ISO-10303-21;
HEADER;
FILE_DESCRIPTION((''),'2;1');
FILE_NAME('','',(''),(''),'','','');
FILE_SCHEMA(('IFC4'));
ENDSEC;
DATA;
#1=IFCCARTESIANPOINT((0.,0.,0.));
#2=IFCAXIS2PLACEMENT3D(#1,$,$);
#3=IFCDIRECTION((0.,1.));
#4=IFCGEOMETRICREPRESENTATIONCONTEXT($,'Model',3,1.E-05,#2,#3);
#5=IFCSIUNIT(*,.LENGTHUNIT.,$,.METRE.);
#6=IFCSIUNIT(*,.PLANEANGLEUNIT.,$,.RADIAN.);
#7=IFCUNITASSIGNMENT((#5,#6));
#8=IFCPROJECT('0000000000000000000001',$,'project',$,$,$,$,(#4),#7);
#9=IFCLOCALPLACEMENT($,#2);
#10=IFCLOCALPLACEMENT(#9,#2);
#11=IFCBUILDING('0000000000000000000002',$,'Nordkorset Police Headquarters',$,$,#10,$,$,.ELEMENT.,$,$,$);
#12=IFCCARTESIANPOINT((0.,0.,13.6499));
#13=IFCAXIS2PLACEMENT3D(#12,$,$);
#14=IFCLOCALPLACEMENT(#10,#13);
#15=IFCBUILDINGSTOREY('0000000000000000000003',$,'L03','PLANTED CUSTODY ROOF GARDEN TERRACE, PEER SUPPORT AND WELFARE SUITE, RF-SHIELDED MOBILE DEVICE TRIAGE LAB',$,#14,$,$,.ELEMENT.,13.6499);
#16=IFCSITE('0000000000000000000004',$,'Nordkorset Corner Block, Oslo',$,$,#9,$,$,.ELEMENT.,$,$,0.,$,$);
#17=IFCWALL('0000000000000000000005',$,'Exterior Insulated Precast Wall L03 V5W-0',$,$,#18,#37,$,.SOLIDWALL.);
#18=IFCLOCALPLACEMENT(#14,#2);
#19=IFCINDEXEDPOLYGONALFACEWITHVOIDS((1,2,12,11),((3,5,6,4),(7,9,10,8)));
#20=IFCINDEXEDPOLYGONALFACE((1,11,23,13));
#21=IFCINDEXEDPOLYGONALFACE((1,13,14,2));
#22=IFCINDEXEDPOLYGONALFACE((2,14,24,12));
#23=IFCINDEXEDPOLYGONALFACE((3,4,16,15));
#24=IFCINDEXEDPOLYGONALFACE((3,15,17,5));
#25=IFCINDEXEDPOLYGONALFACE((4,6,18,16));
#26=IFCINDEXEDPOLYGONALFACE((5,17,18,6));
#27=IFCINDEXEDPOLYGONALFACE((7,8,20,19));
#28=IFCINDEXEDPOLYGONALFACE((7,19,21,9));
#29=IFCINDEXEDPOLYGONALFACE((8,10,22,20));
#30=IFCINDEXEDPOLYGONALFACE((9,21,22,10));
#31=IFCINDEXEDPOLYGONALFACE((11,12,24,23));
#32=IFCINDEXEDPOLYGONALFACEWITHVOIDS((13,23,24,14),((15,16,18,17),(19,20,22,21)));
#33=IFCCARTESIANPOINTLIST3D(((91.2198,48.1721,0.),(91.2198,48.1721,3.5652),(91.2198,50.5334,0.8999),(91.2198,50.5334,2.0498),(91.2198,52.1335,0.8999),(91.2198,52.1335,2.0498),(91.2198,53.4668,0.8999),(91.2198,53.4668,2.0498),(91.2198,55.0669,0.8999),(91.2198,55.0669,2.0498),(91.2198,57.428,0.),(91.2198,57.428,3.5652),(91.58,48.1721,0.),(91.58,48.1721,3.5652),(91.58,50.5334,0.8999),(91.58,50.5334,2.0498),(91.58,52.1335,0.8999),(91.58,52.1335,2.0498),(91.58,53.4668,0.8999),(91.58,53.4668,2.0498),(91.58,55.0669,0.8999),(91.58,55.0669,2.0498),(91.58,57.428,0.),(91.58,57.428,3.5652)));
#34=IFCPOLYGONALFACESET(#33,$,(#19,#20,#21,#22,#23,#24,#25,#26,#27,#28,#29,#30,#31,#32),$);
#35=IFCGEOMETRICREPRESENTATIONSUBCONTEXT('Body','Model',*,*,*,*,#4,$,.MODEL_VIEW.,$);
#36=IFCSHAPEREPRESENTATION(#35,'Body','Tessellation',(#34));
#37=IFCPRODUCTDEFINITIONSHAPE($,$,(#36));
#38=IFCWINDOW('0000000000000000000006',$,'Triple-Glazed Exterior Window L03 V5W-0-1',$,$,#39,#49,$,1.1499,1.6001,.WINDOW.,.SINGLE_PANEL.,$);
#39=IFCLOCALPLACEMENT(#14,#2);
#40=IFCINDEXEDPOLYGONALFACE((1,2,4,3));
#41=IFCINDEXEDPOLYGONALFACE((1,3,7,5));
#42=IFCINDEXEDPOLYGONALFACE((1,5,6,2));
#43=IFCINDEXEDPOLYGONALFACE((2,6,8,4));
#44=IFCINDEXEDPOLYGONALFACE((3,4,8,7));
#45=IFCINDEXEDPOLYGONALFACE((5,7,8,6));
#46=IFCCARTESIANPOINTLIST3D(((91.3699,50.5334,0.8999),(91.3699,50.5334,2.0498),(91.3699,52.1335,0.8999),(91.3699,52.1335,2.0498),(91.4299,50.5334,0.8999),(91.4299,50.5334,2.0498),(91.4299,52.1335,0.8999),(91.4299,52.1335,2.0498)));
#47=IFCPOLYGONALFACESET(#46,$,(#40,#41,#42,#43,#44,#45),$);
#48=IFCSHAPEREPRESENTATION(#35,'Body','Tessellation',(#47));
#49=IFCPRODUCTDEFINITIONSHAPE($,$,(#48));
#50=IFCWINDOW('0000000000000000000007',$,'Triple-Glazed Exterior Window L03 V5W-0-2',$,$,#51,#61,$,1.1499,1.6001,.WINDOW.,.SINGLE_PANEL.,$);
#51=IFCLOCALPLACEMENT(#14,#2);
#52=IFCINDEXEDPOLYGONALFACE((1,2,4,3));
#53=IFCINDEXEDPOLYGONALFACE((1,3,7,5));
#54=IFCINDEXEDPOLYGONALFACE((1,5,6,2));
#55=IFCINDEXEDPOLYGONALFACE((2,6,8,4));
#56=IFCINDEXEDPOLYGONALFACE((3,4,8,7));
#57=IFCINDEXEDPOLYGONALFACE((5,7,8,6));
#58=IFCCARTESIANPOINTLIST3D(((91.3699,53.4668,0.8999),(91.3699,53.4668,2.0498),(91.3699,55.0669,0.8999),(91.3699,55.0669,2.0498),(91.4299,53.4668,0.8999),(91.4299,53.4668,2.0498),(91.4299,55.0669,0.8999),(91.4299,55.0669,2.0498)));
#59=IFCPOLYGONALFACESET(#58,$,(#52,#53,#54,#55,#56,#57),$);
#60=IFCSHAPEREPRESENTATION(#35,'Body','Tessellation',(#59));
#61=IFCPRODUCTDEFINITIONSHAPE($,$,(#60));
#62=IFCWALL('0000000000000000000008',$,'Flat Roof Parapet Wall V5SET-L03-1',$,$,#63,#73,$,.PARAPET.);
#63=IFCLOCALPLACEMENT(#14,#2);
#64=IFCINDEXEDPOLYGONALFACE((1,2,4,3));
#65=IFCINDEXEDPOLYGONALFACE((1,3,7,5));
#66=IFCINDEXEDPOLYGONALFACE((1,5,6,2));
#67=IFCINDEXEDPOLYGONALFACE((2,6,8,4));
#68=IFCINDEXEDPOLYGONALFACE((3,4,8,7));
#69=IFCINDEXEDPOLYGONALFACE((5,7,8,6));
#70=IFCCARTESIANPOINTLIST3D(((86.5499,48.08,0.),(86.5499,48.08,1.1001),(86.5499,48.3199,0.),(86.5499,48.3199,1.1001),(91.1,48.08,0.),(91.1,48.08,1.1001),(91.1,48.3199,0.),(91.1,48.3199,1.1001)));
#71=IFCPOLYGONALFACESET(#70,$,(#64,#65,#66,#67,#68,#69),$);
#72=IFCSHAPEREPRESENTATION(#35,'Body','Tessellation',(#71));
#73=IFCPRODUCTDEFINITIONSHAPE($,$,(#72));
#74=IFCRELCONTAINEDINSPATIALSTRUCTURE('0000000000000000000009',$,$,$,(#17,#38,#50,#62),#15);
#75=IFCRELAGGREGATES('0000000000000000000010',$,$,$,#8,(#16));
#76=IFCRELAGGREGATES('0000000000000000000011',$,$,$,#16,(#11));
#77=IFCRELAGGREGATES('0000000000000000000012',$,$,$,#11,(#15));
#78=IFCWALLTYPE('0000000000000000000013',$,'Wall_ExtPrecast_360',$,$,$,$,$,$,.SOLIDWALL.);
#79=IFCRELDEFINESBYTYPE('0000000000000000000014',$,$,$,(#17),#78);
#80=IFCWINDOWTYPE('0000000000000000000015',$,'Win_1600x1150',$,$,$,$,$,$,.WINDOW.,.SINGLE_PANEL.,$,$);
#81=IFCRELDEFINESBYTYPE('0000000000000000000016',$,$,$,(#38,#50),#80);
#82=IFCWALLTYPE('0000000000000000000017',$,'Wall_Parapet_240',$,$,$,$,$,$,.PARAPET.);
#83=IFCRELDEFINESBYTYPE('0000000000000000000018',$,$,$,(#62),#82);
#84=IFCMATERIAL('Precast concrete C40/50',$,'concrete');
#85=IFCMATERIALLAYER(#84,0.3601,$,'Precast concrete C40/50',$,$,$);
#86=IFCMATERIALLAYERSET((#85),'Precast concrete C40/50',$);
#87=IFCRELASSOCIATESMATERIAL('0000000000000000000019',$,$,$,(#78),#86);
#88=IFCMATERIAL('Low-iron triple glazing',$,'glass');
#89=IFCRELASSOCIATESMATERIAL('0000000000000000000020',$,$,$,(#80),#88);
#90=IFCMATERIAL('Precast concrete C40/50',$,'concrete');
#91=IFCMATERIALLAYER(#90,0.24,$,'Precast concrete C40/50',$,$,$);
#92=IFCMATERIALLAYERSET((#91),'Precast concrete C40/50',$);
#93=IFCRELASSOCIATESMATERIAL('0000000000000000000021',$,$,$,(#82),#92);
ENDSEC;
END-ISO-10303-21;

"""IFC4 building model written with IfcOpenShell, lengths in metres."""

from ifc_helpers import new_model, si_unit, direction, frame, frame_2d, origin, place, context, subcontext, project, spatial, rectangle, extrude, material, layer, layer_set, type_object, element, fill, save


model = new_model("IFC4")

# Units and contexts
model_context = context("Model", 3, precision=1e-05, world=origin(), true_north=direction((0.0, 1.0)))
body_context = subcontext(model_context, "Body", "Model", "MODEL_VIEW")
ifc_project = project(units=[si_unit("LENGTHUNIT", "METRE"), si_unit("PLANEANGLEUNIT", "RADIAN")], contexts=[model_context])

# Site, building, storey
site_placement = place(None, origin())
site = spatial("IfcSite", under=ifc_project, at=site_placement, Name="Nordkorset Corner Block, Oslo", CompositionType="ELEMENT", RefElevation=0.0)
building_placement = place(site_placement, origin())
building = spatial("IfcBuilding", under=site, at=building_placement, Name="Nordkorset Police Headquarters", CompositionType="ELEMENT")
storey_placement = place(building_placement, frame((0.0, 0.0, 13.6499)))
storey = spatial("IfcBuildingStorey", under=building, at=storey_placement, Name="L03", Description="PLANTED CUSTODY ROOF GARDEN TERRACE, PEER SUPPORT AND WELFARE SUITE, RF-SHIELDED MOBILE DEVICE TRIAGE LAB", CompositionType="ELEMENT", Elevation=13.6499)

# Wall, openings, windows
ifc_material_1 = material(Name="Precast concrete C40/50", Category="concrete")
ifc_layer_1 = layer(ifc_material_1, 0.3601, Name="Precast concrete C40/50")
ifc_layer_set_1 = layer_set([ifc_layer_1], Name="Precast concrete C40/50")
wall_type_1 = type_object("IfcWallType", Name="Wall_ExtPrecast_360", PredefinedType="SOLIDWALL", material=ifc_layer_set_1)
wall_1_placement = place(storey_placement, frame((91.3999, 48.1721, 0.0), z_axis=(0.0, 0.0, 1.0), x_axis=(0.0, 1.0, 0.0)))
wall_1 = element("IfcWall", 1, at=wall_1_placement, inside=storey, type_object=wall_type_1, Name="Exterior Insulated Precast Wall L03 V5W-0", PredefinedType="SOLIDWALL", context=body_context, shape_type="SweptSolid", body=[
    extrude(rectangle(XDim=9.2559, YDim=0.3601, at=frame_2d((4.6279, 0.0))), origin(), (0.0, 0.0, 1.0), 3.5652),
])
opening_1_placement = place(wall_1_placement, frame((2.3613, 0.0, 0.8999)))
opening_1 = element("IfcOpeningElement", 2, at=opening_1_placement, cuts=wall_1, PredefinedType="OPENING", context=body_context, shape_type="SweptSolid", body=[
    extrude(rectangle(XDim=1.6001, YDim=1.1499, at=frame_2d((0.8, 0.575))), frame((0.0, 0.1899, 0.0), z_axis=(0.0, -1.0, 0.0), x_axis=(1.0, 0.0, 0.0)), (0.0, 0.0, 1.0), 0.3801),
])
opening_2_placement = place(wall_1_placement, frame((5.2947, 0.0, 0.8999)))
opening_2 = element("IfcOpeningElement", 3, at=opening_2_placement, cuts=wall_1, PredefinedType="OPENING", context=body_context, shape_type="SweptSolid", body=[
    extrude(rectangle(XDim=1.6001, YDim=1.1499, at=frame_2d((0.8, 0.575))), frame((0.0, 0.1899, 0.0), z_axis=(0.0, -1.0, 0.0), x_axis=(1.0, 0.0, 0.0)), (0.0, 0.0, 1.0), 0.3801),
])
ifc_material_2 = material(Name="Low-iron triple glazing", Category="glass")
window_type = type_object("IfcWindowType", Name="Win_1600x1150", PartitioningType="SINGLE_PANEL", PredefinedType="WINDOW", material=ifc_material_2)
window_1_placement = place(opening_1_placement, origin())
window_1 = element("IfcWindow", 4, at=window_1_placement, inside=storey, type_object=window_type, Name="Triple-Glazed Exterior Window L03 V5W-0-1", OverallHeight=1.1499, OverallWidth=1.6001, PartitioningType="SINGLE_PANEL", PredefinedType="WINDOW", context=body_context, shape_type="SweptSolid", body=[
    extrude(rectangle(XDim=1.6001, YDim=1.1499, at=frame_2d((0.8, 0.575))), frame((0.0, 0.03, 0.0), z_axis=(0.0, -1.0, 0.0), x_axis=(1.0, 0.0, 0.0)), (0.0, 0.0, 1.0), 0.0601),
])
fill(opening_1, window_1)
window_2_placement = place(opening_2_placement, origin())
window_2 = element("IfcWindow", 5, at=window_2_placement, inside=storey, type_object=window_type, Name="Triple-Glazed Exterior Window L03 V5W-0-2", OverallHeight=1.1499, OverallWidth=1.6001, PartitioningType="SINGLE_PANEL", PredefinedType="WINDOW", context=body_context, shape_type="SweptSolid", body=[
    extrude(rectangle(XDim=1.6001, YDim=1.1499, at=frame_2d((0.8, 0.575))), frame((0.0, 0.03, 0.0), z_axis=(0.0, -1.0, 0.0), x_axis=(1.0, 0.0, 0.0)), (0.0, 0.0, 1.0), 0.0601),
])
fill(opening_2, window_2)

# Wall
ifc_material_3 = material(Name="Precast concrete C40/50", Category="concrete")
ifc_layer_2 = layer(ifc_material_3, 0.24, Name="Precast concrete C40/50")
ifc_layer_set_2 = layer_set([ifc_layer_2], Name="Precast concrete C40/50")
wall_type_2 = type_object("IfcWallType", Name="Wall_Parapet_240", PredefinedType="PARAPET", material=ifc_layer_set_2)
wall_2_placement = place(storey_placement, frame((86.55, 48.2, 0.0), z_axis=(0.0, 0.0, 1.0), x_axis=(1.0, 0.0, 0.0)))
element("IfcWall", 6, at=wall_2_placement, inside=storey, type_object=wall_type_2, Name="Flat Roof Parapet Wall V5SET-L03-1", PredefinedType="PARAPET", context=body_context, shape_type="SweptSolid", body=[
    extrude(rectangle(XDim=4.55, YDim=0.24, at=frame_2d((2.2749, 0.0))), origin(), (0.0, 0.0, 1.0), 1.1001),
])

save(model, "model.ifc")
